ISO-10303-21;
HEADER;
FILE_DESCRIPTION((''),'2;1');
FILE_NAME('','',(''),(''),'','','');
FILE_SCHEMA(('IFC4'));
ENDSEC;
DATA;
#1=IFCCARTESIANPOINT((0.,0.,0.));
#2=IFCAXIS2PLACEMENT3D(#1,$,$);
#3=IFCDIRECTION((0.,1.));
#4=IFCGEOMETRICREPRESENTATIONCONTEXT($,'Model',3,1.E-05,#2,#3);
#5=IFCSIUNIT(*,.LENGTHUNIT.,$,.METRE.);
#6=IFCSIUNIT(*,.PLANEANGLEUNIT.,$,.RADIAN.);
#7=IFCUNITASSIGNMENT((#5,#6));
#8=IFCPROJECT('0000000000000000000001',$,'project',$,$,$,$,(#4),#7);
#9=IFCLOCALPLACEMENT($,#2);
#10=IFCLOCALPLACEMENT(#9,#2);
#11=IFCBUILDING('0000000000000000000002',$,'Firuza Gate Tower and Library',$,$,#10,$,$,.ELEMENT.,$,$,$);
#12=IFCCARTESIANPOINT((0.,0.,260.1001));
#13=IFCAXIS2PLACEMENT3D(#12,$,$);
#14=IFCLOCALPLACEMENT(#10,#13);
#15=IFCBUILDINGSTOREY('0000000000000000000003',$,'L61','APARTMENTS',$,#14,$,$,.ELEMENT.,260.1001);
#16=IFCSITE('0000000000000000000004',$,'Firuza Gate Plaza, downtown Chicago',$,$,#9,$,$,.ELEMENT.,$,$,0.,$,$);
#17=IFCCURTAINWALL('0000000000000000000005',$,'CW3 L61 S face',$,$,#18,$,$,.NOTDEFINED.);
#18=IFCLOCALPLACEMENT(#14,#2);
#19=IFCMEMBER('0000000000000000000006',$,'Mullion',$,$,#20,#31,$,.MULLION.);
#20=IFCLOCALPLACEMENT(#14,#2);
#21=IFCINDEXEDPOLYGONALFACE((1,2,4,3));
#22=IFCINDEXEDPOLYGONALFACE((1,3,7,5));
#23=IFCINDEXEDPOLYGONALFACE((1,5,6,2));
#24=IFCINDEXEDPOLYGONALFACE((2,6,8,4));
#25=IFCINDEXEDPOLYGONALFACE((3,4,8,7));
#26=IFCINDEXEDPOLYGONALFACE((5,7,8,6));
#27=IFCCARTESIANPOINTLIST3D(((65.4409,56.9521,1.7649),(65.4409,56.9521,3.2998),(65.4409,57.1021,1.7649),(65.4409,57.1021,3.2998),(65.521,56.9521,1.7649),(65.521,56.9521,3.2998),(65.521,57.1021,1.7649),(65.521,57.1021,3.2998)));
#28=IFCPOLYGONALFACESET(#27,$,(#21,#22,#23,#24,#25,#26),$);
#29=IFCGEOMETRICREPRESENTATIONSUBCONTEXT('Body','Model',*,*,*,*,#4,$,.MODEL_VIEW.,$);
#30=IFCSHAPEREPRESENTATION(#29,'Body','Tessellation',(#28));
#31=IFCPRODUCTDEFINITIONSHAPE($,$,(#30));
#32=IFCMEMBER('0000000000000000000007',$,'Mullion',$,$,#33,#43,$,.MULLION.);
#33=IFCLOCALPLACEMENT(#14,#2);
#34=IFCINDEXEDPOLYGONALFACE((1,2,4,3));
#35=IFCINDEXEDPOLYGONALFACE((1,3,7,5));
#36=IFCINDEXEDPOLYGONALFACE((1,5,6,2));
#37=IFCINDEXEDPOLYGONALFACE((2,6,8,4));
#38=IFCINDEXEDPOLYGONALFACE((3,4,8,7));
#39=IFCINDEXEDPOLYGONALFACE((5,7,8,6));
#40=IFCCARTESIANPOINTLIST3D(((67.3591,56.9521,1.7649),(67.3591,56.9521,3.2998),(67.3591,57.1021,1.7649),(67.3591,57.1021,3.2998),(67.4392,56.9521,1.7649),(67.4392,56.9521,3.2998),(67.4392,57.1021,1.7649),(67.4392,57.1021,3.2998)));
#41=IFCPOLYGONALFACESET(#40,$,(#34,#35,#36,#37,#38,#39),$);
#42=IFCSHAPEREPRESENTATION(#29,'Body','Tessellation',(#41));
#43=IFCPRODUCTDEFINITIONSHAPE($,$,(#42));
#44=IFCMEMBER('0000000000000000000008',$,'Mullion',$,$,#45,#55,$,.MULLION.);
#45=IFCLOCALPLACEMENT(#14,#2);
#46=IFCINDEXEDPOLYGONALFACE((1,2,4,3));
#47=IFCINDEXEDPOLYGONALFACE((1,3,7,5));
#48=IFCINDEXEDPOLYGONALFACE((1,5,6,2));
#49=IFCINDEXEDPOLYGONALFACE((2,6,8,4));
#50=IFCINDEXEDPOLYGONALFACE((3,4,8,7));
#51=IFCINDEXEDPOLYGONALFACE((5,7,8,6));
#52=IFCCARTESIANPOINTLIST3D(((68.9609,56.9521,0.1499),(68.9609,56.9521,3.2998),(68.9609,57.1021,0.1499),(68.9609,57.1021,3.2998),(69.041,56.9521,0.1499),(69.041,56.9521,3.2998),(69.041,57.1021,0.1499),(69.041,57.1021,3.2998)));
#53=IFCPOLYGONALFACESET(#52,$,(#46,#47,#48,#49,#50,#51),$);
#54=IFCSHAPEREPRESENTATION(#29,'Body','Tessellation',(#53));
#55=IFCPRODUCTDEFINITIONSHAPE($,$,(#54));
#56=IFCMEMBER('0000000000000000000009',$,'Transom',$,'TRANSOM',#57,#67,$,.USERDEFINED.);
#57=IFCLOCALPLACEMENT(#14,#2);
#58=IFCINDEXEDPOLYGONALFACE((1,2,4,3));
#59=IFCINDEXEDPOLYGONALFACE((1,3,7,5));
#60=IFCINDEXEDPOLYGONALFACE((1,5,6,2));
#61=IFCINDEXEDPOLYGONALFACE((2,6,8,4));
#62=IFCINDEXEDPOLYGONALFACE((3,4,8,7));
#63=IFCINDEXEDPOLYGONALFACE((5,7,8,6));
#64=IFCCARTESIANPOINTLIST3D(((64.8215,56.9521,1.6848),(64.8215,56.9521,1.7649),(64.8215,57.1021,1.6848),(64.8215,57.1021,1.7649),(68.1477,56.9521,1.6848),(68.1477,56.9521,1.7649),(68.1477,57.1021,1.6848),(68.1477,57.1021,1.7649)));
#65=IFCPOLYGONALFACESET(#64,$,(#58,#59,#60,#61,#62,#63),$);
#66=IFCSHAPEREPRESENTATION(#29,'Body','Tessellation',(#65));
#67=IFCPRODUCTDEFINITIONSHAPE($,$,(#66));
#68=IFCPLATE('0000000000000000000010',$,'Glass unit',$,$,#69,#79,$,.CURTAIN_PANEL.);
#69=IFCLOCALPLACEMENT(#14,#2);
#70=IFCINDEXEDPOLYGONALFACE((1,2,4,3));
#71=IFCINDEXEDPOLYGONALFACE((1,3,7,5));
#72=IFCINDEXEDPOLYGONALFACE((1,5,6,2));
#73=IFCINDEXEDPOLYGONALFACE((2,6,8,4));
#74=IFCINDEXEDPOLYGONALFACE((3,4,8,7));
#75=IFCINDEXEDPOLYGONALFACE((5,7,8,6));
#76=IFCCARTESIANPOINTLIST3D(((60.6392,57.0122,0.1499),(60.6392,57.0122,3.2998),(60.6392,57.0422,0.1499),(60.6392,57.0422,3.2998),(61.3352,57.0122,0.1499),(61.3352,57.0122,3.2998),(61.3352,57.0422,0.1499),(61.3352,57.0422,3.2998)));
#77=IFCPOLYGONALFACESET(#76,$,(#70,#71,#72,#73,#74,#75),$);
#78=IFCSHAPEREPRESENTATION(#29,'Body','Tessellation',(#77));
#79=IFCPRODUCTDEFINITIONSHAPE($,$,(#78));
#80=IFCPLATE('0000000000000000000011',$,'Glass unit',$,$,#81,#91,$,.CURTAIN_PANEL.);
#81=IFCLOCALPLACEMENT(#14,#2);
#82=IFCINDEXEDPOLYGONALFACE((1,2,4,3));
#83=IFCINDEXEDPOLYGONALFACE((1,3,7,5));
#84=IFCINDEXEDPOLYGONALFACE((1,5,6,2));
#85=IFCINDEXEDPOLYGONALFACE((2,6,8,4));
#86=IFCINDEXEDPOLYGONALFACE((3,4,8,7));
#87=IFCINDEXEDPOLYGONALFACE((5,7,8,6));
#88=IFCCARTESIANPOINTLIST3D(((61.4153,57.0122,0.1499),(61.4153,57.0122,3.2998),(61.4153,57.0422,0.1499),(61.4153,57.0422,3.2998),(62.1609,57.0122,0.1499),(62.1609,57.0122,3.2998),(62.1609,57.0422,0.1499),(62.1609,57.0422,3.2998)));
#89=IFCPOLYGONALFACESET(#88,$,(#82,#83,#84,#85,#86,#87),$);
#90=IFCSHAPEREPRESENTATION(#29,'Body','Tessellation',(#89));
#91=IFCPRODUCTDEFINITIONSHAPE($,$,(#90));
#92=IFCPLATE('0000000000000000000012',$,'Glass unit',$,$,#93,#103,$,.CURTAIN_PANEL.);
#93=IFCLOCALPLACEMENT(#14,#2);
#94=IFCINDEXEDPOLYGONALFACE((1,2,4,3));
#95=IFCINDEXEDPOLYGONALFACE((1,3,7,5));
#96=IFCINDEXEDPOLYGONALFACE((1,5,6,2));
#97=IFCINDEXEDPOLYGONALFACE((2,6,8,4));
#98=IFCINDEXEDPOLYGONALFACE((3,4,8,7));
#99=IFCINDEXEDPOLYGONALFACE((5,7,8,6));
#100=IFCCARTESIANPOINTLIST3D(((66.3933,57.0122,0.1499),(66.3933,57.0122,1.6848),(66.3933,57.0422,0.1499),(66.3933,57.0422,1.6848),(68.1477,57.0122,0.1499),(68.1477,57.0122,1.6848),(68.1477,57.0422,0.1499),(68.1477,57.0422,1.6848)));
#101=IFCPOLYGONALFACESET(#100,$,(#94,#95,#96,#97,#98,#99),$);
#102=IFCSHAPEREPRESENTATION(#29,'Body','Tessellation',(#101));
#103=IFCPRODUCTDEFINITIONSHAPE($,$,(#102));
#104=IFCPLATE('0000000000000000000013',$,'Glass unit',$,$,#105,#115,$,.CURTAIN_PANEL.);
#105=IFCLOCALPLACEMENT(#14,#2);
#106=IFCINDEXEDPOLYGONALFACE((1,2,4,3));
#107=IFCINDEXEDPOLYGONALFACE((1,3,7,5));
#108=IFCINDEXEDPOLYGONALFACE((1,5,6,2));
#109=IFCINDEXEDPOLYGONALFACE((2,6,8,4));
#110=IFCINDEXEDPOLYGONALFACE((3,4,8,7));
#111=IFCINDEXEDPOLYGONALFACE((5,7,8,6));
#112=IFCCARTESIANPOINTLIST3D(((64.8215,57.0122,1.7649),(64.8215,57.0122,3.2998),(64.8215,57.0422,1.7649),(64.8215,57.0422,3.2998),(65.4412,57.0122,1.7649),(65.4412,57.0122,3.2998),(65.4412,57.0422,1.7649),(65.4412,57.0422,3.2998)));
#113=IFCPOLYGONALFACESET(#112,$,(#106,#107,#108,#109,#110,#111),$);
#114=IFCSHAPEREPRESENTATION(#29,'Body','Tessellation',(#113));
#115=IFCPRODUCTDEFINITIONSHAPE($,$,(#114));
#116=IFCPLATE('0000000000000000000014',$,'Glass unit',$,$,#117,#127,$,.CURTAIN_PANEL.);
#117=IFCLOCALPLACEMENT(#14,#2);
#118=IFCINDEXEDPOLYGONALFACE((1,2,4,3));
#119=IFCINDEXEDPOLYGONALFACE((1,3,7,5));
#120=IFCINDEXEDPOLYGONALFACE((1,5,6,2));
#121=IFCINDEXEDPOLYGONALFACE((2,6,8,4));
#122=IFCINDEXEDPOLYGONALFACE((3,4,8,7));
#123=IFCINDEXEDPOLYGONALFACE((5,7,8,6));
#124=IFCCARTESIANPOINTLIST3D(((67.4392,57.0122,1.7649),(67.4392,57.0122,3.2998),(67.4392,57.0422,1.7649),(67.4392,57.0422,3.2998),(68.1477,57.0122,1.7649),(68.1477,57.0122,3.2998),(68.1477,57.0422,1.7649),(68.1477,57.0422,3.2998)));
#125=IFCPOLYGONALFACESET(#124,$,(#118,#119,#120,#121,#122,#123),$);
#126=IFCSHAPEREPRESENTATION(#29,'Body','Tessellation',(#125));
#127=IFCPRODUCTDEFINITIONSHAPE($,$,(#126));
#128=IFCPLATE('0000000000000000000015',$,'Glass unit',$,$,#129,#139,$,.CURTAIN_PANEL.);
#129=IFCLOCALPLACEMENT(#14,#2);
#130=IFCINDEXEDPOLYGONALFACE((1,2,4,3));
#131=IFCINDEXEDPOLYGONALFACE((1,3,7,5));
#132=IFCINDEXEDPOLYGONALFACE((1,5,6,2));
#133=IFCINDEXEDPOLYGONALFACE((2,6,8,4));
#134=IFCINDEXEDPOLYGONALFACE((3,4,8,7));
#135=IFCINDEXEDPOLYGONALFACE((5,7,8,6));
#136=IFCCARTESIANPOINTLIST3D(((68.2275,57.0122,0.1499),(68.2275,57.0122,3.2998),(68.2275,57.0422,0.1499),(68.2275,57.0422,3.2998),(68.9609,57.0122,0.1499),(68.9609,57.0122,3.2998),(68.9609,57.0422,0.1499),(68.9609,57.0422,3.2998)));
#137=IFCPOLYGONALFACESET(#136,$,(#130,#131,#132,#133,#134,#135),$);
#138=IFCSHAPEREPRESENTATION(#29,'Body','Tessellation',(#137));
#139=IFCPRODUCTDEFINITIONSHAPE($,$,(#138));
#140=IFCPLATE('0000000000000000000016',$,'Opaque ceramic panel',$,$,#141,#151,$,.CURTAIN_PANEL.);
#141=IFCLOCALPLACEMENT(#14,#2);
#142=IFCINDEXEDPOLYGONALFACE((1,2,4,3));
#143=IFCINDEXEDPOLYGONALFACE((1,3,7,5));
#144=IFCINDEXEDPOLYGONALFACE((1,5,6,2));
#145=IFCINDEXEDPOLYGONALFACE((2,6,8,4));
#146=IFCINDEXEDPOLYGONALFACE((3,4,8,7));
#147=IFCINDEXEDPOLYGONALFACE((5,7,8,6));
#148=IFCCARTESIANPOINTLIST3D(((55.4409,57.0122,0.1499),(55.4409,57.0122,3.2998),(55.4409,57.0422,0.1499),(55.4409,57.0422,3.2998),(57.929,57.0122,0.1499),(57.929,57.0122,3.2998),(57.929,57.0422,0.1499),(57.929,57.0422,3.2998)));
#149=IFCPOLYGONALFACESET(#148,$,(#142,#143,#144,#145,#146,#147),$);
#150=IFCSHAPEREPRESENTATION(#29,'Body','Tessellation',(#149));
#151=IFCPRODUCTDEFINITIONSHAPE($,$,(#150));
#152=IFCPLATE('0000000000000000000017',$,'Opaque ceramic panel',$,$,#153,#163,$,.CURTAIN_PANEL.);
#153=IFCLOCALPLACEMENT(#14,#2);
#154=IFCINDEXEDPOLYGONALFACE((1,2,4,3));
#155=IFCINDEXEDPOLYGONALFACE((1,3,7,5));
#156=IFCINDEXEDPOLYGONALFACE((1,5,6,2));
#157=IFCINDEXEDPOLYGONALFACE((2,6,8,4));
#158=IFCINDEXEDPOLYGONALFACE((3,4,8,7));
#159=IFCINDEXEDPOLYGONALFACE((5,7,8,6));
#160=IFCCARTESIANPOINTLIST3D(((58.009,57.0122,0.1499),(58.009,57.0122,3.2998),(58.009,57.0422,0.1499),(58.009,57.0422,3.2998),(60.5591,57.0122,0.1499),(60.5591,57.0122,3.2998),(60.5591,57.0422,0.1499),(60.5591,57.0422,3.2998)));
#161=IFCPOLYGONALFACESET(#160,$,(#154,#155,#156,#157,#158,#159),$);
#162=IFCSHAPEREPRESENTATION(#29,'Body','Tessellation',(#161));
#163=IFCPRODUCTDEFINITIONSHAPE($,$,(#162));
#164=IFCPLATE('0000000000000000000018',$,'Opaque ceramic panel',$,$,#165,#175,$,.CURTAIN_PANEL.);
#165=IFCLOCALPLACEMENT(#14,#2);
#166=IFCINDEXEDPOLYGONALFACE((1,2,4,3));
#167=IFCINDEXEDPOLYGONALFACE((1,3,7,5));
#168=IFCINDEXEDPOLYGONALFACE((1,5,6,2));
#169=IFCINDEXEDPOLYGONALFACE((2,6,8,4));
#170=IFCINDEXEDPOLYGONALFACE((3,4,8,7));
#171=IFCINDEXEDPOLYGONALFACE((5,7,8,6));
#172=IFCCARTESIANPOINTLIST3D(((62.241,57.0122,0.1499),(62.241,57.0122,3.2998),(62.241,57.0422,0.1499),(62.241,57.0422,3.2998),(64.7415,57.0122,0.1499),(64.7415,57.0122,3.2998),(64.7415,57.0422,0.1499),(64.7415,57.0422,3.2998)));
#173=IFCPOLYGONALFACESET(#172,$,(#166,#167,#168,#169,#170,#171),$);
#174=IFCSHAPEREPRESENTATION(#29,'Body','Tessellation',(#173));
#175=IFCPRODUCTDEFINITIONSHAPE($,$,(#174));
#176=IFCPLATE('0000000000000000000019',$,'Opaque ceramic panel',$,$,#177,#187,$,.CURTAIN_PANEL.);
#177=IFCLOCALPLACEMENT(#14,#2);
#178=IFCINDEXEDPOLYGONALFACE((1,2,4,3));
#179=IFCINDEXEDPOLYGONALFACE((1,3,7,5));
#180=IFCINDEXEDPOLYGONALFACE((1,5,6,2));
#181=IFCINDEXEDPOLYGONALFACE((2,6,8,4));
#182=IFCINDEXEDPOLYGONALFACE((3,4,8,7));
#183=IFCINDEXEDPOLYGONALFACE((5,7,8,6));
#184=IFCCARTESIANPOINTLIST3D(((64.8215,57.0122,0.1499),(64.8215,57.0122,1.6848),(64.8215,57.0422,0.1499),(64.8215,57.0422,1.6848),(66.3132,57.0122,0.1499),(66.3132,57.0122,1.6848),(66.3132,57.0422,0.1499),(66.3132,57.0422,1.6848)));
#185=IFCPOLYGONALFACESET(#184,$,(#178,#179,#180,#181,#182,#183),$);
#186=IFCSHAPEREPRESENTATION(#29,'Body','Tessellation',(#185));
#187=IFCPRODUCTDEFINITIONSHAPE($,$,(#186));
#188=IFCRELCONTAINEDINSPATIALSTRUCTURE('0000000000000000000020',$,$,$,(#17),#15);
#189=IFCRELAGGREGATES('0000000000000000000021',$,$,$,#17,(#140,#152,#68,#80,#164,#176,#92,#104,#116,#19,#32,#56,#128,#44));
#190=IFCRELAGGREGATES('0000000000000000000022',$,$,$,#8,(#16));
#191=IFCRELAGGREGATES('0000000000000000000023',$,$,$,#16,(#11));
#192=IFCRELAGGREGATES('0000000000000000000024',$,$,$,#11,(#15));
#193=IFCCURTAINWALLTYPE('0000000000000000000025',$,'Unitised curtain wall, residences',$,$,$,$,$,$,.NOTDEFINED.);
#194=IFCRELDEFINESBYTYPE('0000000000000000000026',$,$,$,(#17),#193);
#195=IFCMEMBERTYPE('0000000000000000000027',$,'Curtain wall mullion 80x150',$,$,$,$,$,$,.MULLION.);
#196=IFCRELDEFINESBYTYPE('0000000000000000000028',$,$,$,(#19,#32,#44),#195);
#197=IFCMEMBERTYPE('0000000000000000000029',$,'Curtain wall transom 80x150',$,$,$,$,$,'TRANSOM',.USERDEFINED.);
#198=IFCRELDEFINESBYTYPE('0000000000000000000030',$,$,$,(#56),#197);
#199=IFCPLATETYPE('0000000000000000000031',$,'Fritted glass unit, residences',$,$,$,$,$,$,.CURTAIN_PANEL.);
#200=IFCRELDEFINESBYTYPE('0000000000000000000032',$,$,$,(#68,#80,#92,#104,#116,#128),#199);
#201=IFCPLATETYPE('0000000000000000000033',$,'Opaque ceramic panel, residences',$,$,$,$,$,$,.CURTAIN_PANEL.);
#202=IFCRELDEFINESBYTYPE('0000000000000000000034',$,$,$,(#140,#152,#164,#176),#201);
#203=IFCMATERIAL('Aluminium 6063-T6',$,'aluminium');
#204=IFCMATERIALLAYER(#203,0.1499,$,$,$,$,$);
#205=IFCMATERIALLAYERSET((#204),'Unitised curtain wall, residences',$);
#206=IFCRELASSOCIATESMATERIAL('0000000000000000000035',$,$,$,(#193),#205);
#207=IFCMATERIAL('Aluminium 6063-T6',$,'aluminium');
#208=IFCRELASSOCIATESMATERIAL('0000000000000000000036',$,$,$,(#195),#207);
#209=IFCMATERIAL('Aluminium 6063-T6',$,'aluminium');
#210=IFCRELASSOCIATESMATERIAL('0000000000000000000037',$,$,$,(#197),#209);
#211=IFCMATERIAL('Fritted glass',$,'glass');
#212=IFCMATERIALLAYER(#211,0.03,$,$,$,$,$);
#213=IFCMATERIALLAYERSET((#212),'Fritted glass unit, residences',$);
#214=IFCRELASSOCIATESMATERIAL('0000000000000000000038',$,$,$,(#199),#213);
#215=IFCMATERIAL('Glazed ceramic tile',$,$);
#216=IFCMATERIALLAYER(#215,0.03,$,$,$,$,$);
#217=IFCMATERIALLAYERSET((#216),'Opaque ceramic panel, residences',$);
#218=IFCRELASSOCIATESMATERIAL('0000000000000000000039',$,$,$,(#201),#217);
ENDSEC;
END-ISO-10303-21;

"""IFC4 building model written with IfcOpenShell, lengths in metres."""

from ifc_helpers import new_model, si_unit, direction, frame, origin, origin_2d, place, context, subcontext, project, spatial, polyline, rectangle, outline, extrude, material, layer, layer_set, material_profile, profile_set, type_object, element, aggregate, save


model = new_model("IFC4")

# Units and contexts
model_context = context("Model", 3, precision=1e-05, world=origin(), true_north=direction((0.0, 1.0)))
body_context = subcontext(model_context, "Body", "Model", "MODEL_VIEW")
ifc_project = project(units=[si_unit("LENGTHUNIT", "METRE"), si_unit("PLANEANGLEUNIT", "RADIAN")], contexts=[model_context])

# Site, building, storey
site_placement = place(None, origin())
site = spatial("IfcSite", under=ifc_project, at=site_placement, Name="Firuza Gate Plaza, downtown Chicago", CompositionType="ELEMENT", RefElevation=0.0)
building_placement = place(site_placement, origin())
building = spatial("IfcBuilding", under=site, at=building_placement, Name="Firuza Gate Tower and Library", CompositionType="ELEMENT")
storey_placement = place(building_placement, frame((0.0, 0.0, 260.1001)))
storey = spatial("IfcBuildingStorey", under=building, at=storey_placement, Name="L61", Description="APARTMENTS", CompositionType="ELEMENT", Elevation=260.1001)

# Curtain wall, members, plates
ifc_material_1 = material(Name="Aluminium 6063-T6", Category="aluminium")
ifc_layer_1 = layer(ifc_material_1, 0.1499)
ifc_layer_set_1 = layer_set([ifc_layer_1], Name="Unitised curtain wall, residences")
curtain_wall_type = type_object("IfcCurtainWallType", Name="Unitised curtain wall, residences", PredefinedType="NOTDEFINED", material=ifc_layer_set_1)
curtain_wall_placement = place(storey_placement, origin())
curtain_wall = element("IfcCurtainWall", 1, at=curtain_wall_placement, inside=storey, type_object=curtain_wall_type, Name="CW3 L61 S face", PredefinedType="NOTDEFINED")
ifc_material_2 = material(Name="Aluminium 6063-T6", Category="aluminium")
ifc_material_profile_1 = material_profile(ifc_material_2, rectangle(XDim=0.1499, YDim=0.0801, at=origin_2d()))
ifc_profile_set_1 = profile_set([ifc_material_profile_1], Name="Aluminium 6063-T6")
member_type_1 = type_object("IfcMemberType", Name="Curtain wall mullion 80x150", PredefinedType="MULLION", material=ifc_profile_set_1)
member_1_placement = place(storey_placement, frame((65.481, 57.0271, 1.7649), z_axis=(0.0, 0.0, 1.0), x_axis=(0.0, 1.0, 0.0)))
member_1 = element("IfcMember", 2, at=member_1_placement, type_object=member_type_1, Name="Mullion", PredefinedType="MULLION", context=body_context, shape_type="SweptSolid", body=[
    extrude(rectangle(XDim=0.1499, YDim=0.0801, at=origin_2d()), origin(), (0.0, 0.0, 1.0), 1.5349),
])
member_2_placement = place(storey_placement, frame((67.3992, 57.0271, 1.7649), z_axis=(0.0, 0.0, 1.0), x_axis=(0.0, 1.0, 0.0)))
member_2 = element("IfcMember", 3, at=member_2_placement, type_object=member_type_1, Name="Mullion", PredefinedType="MULLION", context=body_context, shape_type="SweptSolid", body=[
    extrude(rectangle(XDim=0.1499, YDim=0.0801, at=origin_2d()), origin(), (0.0, 0.0, 1.0), 1.5349),
])
member_3_placement = place(storey_placement, frame((69.001, 57.0271, 0.1499), z_axis=(0.0, 0.0, 1.0), x_axis=(0.0, 1.0, 0.0)))
member_3 = element("IfcMember", 4, at=member_3_placement, type_object=member_type_1, Name="Mullion", PredefinedType="MULLION", context=body_context, shape_type="SweptSolid", body=[
    extrude(rectangle(XDim=0.1499, YDim=0.0801, at=origin_2d()), origin(), (0.0, 0.0, 1.0), 3.1499),
])
ifc_material_3 = material(Name="Aluminium 6063-T6", Category="aluminium")
ifc_material_profile_2 = material_profile(ifc_material_3, rectangle(XDim=0.1499, YDim=0.0801, at=origin_2d()))
ifc_profile_set_2 = profile_set([ifc_material_profile_2], Name="Aluminium 6063-T6")
member_type_2 = type_object("IfcMemberType", Name="Curtain wall transom 80x150", ElementType="TRANSOM", PredefinedType="USERDEFINED", material=ifc_profile_set_2)
member_4_placement = place(storey_placement, frame((64.8215, 57.0271, 1.7249), z_axis=(1.0, 0.0, 0.0), x_axis=(0.0, 1.0, 0.0)))
member_4 = element("IfcMember", 5, at=member_4_placement, type_object=member_type_2, Name="Transom", ObjectType="TRANSOM", PredefinedType="USERDEFINED", context=body_context, shape_type="SweptSolid", body=[
    extrude(rectangle(XDim=0.1499, YDim=0.0801, at=origin_2d()), origin(), (0.0, 0.0, 1.0), 3.3262),
])
ifc_material_4 = material(Name="Fritted glass", Category="glass")
ifc_layer_2 = layer(ifc_material_4, 0.03)
ifc_layer_set_2 = layer_set([ifc_layer_2], Name="Fritted glass unit, residences")
plate_type_1 = type_object("IfcPlateType", Name="Fritted glass unit, residences", PredefinedType="CURTAIN_PANEL", material=ifc_layer_set_2)
plate_1_placement = place(storey_placement, frame((60.6392, 57.0122, 0.1499), z_axis=(0.0, -1.0, 0.0), x_axis=(1.0, 0.0, 0.0)))
plate_1 = element("IfcPlate", 6, at=plate_1_placement, type_object=plate_type_1, Name="Glass unit", PredefinedType="CURTAIN_PANEL", context=body_context, shape_type="SweptSolid", body=[
    extrude(outline(polyline([(0.0, 0.0), (0.696, 0.0), (0.696, 3.1499), (0.0, 3.1499), (0.0, 0.0)])), origin(), (0.0, 0.0, -1.0), 0.03),
])
plate_2_placement = place(storey_placement, frame((61.4153, 57.0122, 0.1499), z_axis=(0.0, -1.0, 0.0), x_axis=(1.0, 0.0, 0.0)))
plate_2 = element("IfcPlate", 7, at=plate_2_placement, type_object=plate_type_1, Name="Glass unit", PredefinedType="CURTAIN_PANEL", context=body_context, shape_type="SweptSolid", body=[
    extrude(outline(polyline([(0.0, 0.0), (0.7456, 0.0), (0.7456, 3.1499), (0.0, 3.1499), (0.0, 0.0)])), origin(), (0.0, 0.0, -1.0), 0.03),
])
plate_3_placement = place(storey_placement, frame((66.3933, 57.0122, 0.1499), z_axis=(0.0, -1.0, 0.0), x_axis=(1.0, 0.0, 0.0)))
plate_3 = element("IfcPlate", 8, at=plate_3_placement, type_object=plate_type_1, Name="Glass unit", PredefinedType="CURTAIN_PANEL", context=body_context, shape_type="SweptSolid", body=[
    extrude(outline(polyline([(0.0, 0.0), (1.7544, 0.0), (1.7544, 1.5349), (0.0, 1.5349), (0.0, 0.0)])), origin(), (0.0, 0.0, -1.0), 0.03),
])
plate_4_placement = place(storey_placement, frame((64.8215, 57.0122, 1.7649), z_axis=(0.0, -1.0, 0.0), x_axis=(1.0, 0.0, 0.0)))
plate_4 = element("IfcPlate", 9, at=plate_4_placement, type_object=plate_type_1, Name="Glass unit", PredefinedType="CURTAIN_PANEL", context=body_context, shape_type="SweptSolid", body=[
    extrude(outline(polyline([(0.0, 0.0), (0.6196, 0.0), (0.6196, 1.5349), (0.0, 1.5349), (0.0, 0.0)])), origin(), (0.0, 0.0, -1.0), 0.03),
])
plate_5_placement = place(storey_placement, frame((67.4392, 57.0122, 1.7649), z_axis=(0.0, -1.0, 0.0), x_axis=(1.0, 0.0, 0.0)))
plate_5 = element("IfcPlate", 10, at=plate_5_placement, type_object=plate_type_1, Name="Glass unit", PredefinedType="CURTAIN_PANEL", context=body_context, shape_type="SweptSolid", body=[
    extrude(outline(polyline([(0.0, 0.0), (0.7085, 0.0), (0.7085, 1.5349), (0.0, 1.5349), (0.0, 0.0)])), origin(), (0.0, 0.0, -1.0), 0.03),
])
plate_6_placement = place(storey_placement, frame((68.2275, 57.0122, 0.1499), z_axis=(0.0, -1.0, 0.0), x_axis=(1.0, 0.0, 0.0)))
plate_6 = element("IfcPlate", 11, at=plate_6_placement, type_object=plate_type_1, Name="Glass unit", PredefinedType="CURTAIN_PANEL", context=body_context, shape_type="SweptSolid", body=[
    extrude(outline(polyline([(0.0, 0.0), (0.7334, 0.0), (0.7334, 3.1499), (0.0, 3.1499), (0.0, 0.0)])), origin(), (0.0, 0.0, -1.0), 0.03),
])
ifc_material_5 = material(Name="Glazed ceramic tile")
ifc_layer_3 = layer(ifc_material_5, 0.03)
ifc_layer_set_3 = layer_set([ifc_layer_3], Name="Opaque ceramic panel, residences")
plate_type_2 = type_object("IfcPlateType", Name="Opaque ceramic panel, residences", PredefinedType="CURTAIN_PANEL", material=ifc_layer_set_3)
plate_7_placement = place(storey_placement, frame((55.4409, 57.0122, 0.1499), z_axis=(0.0, -1.0, 0.0), x_axis=(1.0, 0.0, 0.0)))
plate_7 = element("IfcPlate", 12, at=plate_7_placement, type_object=plate_type_2, Name="Opaque ceramic panel", PredefinedType="CURTAIN_PANEL", context=body_context, shape_type="SweptSolid", body=[
    extrude(outline(polyline([(0.0, 0.0), (2.488, 0.0), (2.488, 3.1499), (0.0, 3.1499), (0.0, 0.0)])), origin(), (0.0, 0.0, -1.0), 0.03),
])
plate_8_placement = place(storey_placement, frame((58.009, 57.0122, 0.1499), z_axis=(0.0, -1.0, 0.0), x_axis=(1.0, 0.0, 0.0)))
plate_8 = element("IfcPlate", 13, at=plate_8_placement, type_object=plate_type_2, Name="Opaque ceramic panel", PredefinedType="CURTAIN_PANEL", context=body_context, shape_type="SweptSolid", body=[
    extrude(outline(polyline([(0.0, 0.0), (2.55, 0.0), (2.55, 3.1499), (0.0, 3.1499), (0.0, 0.0)])), origin(), (0.0, 0.0, -1.0), 0.03),
])
plate_9_placement = place(storey_placement, frame((62.241, 57.0122, 0.1499), z_axis=(0.0, -1.0, 0.0), x_axis=(1.0, 0.0, 0.0)))
plate_9 = element("IfcPlate", 14, at=plate_9_placement, type_object=plate_type_2, Name="Opaque ceramic panel", PredefinedType="CURTAIN_PANEL", context=body_context, shape_type="SweptSolid", body=[
    extrude(outline(polyline([(0.0, 0.0), (2.5005, 0.0), (2.5005, 3.1499), (0.0, 3.1499), (0.0, 0.0)])), origin(), (0.0, 0.0, -1.0), 0.03),
])
plate_10_placement = place(storey_placement, frame((64.8215, 57.0122, 0.1499), z_axis=(0.0, -1.0, 0.0), x_axis=(1.0, 0.0, 0.0)))
plate_10 = element("IfcPlate", 15, at=plate_10_placement, type_object=plate_type_2, Name="Opaque ceramic panel", PredefinedType="CURTAIN_PANEL", context=body_context, shape_type="SweptSolid", body=[
    extrude(outline(polyline([(0.0, 0.0), (1.4917, 0.0), (1.4917, 1.5349), (0.0, 1.5349), (0.0, 0.0)])), origin(), (0.0, 0.0, -1.0), 0.03),
])
aggregate(curtain_wall, [plate_7, plate_8, plate_1, plate_2, plate_9, plate_10, plate_3, plate_4, plate_5, member_1, member_2, member_4, plate_6, member_3])

save(model, "model.ifc")
